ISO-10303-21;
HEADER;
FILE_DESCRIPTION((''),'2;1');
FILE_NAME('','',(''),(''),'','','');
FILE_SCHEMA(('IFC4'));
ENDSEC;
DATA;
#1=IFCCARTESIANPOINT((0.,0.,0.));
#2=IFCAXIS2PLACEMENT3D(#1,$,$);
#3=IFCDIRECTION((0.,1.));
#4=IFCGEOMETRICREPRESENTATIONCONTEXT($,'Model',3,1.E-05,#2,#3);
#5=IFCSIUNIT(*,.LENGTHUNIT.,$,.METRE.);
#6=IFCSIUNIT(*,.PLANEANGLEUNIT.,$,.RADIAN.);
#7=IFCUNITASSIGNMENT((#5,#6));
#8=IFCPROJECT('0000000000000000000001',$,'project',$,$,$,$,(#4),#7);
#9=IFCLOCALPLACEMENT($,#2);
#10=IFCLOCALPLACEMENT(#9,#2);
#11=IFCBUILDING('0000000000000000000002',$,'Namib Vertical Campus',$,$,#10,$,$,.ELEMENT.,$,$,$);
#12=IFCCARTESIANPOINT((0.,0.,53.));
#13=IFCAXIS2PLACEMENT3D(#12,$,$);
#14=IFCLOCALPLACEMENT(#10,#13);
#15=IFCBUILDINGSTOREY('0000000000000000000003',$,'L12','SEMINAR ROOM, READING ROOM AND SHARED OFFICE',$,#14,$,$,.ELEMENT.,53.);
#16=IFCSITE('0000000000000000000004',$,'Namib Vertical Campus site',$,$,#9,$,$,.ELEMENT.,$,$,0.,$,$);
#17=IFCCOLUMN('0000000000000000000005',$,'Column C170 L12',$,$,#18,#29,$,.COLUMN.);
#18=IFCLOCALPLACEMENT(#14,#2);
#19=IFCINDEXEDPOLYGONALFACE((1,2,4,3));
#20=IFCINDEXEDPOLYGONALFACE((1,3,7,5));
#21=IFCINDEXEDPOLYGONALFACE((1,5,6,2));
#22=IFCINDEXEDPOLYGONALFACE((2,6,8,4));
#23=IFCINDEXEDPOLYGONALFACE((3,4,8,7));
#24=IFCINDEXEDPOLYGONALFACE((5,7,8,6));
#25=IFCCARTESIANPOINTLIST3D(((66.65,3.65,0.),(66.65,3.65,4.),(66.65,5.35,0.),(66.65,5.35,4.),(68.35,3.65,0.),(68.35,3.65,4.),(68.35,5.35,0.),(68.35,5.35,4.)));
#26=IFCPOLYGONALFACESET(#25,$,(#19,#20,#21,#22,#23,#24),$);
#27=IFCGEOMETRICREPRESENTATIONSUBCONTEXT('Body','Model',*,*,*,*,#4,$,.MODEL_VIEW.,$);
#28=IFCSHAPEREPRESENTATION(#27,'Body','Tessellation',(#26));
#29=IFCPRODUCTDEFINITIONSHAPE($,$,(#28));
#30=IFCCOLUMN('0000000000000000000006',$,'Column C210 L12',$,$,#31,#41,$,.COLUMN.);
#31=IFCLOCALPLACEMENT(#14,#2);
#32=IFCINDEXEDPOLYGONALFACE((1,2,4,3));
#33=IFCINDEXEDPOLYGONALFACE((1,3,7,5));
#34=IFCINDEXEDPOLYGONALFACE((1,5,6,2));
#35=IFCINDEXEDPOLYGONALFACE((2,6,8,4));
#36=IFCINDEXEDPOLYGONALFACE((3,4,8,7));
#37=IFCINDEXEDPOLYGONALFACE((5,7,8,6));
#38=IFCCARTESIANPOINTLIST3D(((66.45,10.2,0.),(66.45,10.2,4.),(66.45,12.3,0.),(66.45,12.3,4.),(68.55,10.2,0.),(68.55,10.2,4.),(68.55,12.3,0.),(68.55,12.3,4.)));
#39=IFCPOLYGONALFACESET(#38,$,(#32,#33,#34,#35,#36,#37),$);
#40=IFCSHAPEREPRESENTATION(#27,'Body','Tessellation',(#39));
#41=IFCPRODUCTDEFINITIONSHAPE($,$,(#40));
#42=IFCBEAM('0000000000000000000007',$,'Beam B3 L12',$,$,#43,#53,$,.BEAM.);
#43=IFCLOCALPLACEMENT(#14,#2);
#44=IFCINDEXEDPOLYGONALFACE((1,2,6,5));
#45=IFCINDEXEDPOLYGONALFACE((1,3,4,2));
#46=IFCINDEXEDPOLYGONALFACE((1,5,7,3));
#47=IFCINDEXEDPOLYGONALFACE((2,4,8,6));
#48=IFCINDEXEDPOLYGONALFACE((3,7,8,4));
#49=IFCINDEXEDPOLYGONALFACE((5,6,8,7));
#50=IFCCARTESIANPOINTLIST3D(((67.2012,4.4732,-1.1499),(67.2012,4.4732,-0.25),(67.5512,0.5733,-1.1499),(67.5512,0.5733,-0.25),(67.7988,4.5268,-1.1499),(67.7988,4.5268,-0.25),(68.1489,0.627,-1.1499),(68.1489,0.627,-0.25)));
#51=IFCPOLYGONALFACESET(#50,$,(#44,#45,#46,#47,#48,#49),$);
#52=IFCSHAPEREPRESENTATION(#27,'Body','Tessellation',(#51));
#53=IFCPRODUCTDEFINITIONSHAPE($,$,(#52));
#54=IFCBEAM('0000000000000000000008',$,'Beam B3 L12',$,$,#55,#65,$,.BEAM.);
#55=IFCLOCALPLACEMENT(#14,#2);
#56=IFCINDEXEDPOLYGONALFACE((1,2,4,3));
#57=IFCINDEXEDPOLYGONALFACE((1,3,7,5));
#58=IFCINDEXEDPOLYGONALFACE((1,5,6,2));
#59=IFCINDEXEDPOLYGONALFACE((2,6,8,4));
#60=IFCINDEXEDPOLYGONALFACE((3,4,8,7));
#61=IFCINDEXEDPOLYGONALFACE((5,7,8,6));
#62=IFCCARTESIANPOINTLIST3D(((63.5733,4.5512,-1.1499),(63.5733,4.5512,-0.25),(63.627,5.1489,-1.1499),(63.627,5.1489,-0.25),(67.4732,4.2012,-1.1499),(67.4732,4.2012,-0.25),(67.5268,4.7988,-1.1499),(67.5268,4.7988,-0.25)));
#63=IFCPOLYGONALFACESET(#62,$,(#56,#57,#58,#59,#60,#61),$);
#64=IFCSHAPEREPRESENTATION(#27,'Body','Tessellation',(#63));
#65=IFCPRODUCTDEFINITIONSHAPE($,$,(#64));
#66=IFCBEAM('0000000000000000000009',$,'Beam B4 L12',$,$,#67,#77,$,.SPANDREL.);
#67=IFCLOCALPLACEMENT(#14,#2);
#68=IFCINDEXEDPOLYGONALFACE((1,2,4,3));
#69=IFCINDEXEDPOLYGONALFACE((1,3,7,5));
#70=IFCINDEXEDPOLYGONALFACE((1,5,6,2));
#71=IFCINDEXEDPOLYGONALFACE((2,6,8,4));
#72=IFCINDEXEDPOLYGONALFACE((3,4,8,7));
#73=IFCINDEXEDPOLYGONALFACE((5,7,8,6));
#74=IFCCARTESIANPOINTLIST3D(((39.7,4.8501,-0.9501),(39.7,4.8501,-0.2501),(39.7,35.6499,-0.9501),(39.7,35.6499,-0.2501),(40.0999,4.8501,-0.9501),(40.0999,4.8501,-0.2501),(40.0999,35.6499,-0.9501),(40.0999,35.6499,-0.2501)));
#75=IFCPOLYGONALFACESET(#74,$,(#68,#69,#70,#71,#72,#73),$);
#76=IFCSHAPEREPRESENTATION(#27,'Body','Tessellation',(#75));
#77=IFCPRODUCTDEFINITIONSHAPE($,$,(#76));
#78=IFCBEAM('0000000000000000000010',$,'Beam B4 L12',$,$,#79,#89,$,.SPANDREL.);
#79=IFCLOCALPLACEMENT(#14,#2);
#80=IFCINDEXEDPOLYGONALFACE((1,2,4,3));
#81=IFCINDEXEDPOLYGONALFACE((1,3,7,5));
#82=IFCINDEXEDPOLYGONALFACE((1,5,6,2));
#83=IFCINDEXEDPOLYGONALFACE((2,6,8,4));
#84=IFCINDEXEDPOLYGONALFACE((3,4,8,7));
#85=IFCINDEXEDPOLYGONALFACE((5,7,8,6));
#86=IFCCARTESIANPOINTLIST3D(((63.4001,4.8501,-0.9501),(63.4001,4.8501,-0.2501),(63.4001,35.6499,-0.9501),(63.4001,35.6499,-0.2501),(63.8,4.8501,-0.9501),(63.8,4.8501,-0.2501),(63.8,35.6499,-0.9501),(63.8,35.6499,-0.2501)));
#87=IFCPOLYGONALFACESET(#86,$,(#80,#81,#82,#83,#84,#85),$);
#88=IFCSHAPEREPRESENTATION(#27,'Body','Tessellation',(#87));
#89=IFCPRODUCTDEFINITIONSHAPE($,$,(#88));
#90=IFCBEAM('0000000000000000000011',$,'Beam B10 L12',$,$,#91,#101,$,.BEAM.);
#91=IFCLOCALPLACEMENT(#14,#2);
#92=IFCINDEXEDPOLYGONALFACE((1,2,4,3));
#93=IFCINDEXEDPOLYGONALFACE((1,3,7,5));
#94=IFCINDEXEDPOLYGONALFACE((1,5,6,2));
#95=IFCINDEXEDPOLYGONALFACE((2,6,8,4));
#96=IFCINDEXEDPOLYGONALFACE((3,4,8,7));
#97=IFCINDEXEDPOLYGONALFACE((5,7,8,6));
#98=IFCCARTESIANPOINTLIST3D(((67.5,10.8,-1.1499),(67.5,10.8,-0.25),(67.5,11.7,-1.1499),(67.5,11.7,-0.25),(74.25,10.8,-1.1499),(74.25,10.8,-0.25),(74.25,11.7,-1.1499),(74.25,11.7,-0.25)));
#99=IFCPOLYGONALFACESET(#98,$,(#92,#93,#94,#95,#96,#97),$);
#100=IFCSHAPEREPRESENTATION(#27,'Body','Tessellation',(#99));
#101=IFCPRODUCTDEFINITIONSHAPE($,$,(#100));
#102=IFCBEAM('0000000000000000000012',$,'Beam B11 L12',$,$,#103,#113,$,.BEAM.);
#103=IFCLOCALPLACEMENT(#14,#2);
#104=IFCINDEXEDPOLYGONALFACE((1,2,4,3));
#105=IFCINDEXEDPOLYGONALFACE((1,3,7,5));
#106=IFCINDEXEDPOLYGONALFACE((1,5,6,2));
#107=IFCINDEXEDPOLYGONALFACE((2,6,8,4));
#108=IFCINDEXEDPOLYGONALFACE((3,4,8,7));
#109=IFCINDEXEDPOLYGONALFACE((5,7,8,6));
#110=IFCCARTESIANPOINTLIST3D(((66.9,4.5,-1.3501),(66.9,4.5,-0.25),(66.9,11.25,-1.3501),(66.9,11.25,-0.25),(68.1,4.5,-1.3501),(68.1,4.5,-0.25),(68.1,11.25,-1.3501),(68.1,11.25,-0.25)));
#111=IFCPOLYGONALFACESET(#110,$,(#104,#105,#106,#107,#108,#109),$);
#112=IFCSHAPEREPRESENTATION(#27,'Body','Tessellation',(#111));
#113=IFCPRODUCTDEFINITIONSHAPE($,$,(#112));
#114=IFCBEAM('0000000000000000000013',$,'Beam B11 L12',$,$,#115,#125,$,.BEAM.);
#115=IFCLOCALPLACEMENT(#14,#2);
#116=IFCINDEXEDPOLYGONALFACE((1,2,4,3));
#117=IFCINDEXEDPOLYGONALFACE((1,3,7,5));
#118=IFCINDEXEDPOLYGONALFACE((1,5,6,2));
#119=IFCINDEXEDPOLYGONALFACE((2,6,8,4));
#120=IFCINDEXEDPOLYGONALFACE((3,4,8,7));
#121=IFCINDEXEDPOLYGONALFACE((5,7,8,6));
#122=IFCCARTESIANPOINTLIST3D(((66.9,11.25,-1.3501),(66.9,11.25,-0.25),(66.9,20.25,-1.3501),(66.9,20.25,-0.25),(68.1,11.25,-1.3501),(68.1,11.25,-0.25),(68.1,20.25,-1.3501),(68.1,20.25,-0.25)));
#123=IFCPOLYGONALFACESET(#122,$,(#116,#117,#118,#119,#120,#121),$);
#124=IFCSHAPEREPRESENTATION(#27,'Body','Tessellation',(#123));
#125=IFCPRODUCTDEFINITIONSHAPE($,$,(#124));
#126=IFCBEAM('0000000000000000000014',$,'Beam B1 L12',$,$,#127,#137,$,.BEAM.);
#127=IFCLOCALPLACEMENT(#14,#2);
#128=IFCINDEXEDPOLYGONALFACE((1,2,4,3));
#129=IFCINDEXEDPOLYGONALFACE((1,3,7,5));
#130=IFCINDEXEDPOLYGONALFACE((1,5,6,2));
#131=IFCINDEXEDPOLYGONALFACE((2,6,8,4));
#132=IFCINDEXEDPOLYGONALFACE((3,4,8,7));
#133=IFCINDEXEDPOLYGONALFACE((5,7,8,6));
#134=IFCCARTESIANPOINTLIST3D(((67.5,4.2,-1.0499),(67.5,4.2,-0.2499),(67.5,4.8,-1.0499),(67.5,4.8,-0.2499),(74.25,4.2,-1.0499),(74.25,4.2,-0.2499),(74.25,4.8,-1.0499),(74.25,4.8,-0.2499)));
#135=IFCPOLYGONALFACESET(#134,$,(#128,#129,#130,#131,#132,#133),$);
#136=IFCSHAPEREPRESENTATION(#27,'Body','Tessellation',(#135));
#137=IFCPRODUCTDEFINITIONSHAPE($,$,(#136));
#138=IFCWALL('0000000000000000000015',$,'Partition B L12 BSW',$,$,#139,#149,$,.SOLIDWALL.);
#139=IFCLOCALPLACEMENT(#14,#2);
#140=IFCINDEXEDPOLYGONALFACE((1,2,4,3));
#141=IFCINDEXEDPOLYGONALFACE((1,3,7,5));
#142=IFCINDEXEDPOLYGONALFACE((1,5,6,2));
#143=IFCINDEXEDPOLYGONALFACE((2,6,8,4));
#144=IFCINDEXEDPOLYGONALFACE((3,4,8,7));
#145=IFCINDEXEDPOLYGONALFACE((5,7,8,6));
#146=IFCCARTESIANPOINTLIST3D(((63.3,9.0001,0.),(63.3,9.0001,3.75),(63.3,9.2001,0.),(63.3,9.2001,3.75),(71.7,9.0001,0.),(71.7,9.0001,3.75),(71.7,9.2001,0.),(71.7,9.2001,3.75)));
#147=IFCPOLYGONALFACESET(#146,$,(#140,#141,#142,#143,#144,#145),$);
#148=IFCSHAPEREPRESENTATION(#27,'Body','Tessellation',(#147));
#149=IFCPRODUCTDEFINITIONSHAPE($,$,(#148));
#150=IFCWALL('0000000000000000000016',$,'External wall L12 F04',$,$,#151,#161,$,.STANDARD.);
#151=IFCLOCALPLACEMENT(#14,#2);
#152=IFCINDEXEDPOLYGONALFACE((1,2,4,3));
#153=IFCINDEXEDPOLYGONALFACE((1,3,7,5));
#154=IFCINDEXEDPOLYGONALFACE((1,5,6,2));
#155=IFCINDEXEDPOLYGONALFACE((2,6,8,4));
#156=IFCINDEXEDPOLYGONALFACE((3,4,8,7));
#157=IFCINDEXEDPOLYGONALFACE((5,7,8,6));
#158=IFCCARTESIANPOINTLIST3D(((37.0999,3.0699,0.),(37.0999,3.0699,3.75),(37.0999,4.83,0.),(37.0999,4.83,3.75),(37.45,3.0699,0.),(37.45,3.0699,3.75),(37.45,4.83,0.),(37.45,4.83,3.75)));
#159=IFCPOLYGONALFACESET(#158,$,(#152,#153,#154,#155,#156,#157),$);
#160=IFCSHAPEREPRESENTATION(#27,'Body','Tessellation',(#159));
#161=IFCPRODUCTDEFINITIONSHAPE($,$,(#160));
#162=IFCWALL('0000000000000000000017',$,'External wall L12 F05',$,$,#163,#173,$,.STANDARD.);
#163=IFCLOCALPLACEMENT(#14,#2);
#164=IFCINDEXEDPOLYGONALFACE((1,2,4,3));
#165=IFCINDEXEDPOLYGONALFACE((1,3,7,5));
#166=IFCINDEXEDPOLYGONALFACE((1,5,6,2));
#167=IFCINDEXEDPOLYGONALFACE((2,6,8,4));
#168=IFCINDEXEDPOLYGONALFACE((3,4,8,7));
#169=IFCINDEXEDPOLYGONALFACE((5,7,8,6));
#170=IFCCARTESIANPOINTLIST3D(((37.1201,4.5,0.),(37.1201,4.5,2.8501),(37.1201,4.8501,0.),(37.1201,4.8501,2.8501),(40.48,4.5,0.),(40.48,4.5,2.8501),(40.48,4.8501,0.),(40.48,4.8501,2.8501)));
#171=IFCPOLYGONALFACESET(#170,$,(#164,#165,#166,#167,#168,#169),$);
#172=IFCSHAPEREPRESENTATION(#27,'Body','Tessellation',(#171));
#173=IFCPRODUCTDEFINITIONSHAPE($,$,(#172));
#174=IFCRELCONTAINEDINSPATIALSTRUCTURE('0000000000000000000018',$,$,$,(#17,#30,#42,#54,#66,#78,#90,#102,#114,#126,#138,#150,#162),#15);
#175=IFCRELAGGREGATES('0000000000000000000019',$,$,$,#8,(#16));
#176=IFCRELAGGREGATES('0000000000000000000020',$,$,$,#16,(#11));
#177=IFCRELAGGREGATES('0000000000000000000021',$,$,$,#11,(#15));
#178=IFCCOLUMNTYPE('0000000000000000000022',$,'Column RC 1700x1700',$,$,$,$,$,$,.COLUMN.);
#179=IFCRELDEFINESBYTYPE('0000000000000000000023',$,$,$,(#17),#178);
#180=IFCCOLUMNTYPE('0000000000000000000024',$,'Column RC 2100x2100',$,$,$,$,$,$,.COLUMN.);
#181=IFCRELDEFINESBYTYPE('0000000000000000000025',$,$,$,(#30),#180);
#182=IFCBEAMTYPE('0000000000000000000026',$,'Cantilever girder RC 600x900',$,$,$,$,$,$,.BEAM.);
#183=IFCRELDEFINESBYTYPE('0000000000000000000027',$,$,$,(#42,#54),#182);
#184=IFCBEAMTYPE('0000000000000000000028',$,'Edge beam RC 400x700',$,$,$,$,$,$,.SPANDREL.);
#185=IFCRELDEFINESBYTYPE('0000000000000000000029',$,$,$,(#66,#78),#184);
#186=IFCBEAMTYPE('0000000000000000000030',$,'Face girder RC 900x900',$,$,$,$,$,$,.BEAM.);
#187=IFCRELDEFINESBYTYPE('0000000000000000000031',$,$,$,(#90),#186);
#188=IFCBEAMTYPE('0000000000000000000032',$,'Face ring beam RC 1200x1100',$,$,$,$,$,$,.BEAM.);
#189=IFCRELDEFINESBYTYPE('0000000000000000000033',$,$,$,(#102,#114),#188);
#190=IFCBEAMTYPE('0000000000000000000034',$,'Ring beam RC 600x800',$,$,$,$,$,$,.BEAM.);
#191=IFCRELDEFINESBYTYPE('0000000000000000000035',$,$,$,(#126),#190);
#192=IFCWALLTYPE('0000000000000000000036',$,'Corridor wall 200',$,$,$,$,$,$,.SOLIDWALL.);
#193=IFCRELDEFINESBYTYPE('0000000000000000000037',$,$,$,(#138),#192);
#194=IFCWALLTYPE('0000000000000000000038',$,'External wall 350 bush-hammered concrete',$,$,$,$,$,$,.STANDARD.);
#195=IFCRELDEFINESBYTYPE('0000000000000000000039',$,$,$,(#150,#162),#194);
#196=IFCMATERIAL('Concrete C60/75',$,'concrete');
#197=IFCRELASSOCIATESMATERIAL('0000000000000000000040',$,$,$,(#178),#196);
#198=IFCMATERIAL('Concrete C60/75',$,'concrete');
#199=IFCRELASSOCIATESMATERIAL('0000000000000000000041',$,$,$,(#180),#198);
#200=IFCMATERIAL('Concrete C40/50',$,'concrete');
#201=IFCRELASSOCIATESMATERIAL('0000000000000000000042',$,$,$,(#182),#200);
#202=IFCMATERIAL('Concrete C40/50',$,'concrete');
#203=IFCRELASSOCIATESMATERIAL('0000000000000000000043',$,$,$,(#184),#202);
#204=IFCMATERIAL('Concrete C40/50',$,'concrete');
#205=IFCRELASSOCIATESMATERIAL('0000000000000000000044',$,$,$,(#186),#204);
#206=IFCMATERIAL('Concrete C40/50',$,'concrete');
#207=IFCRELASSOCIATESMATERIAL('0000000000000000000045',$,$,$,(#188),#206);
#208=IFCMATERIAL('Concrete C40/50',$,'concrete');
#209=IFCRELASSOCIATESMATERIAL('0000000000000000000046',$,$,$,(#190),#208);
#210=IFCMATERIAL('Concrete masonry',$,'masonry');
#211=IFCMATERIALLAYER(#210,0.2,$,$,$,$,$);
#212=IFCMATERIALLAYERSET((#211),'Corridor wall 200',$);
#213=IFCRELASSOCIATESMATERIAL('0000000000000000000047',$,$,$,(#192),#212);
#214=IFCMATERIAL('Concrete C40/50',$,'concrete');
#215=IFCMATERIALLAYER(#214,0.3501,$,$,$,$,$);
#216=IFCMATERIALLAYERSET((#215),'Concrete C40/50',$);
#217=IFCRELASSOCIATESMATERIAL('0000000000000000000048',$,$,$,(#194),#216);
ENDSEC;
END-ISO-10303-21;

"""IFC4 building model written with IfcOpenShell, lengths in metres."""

from ifc_helpers import new_model, si_unit, direction, frame, frame_2d, origin, origin_2d, place, context, subcontext, project, spatial, rectangle, extrude, material, layer, layer_set, material_profile, profile_set, type_object, element, save


model = new_model("IFC4")

# Units and contexts
model_context = context("Model", 3, precision=1e-05, world=origin(), true_north=direction((0.0, 1.0)))
body_context = subcontext(model_context, "Body", "Model", "MODEL_VIEW")
ifc_project = project(units=[si_unit("LENGTHUNIT", "METRE"), si_unit("PLANEANGLEUNIT", "RADIAN")], contexts=[model_context])

# Site, building, storey
site_placement = place(None, origin())
site = spatial("IfcSite", under=ifc_project, at=site_placement, Name="Namib Vertical Campus site", CompositionType="ELEMENT", RefElevation=0.0)
building_placement = place(site_placement, origin())
building = spatial("IfcBuilding", under=site, at=building_placement, Name="Namib Vertical Campus", CompositionType="ELEMENT")
storey_placement = place(building_placement, frame((0.0, 0.0, 53.0)))
storey = spatial("IfcBuildingStorey", under=building, at=storey_placement, Name="L12", Description="SEMINAR ROOM, READING ROOM AND SHARED OFFICE", CompositionType="ELEMENT", Elevation=53.0)

# Columns
ifc_material_1 = material(Name="Concrete C60/75", Category="concrete")
ifc_material_profile_1 = material_profile(ifc_material_1, rectangle(XDim=1.7, YDim=1.7, at=origin_2d()))
ifc_profile_set_1 = profile_set([ifc_material_profile_1], Name="Concrete C60/75")
column_type_1 = type_object("IfcColumnType", Name="Column RC 1700x1700", PredefinedType="COLUMN", material=ifc_profile_set_1)
column_1_placement = place(storey_placement, frame((67.5, 4.5, 0.0), z_axis=(0.0, 0.0, 1.0), x_axis=(1.0, 0.0, 0.0)))
element("IfcColumn", 1, at=column_1_placement, inside=storey, type_object=column_type_1, Name="Column C170 L12", PredefinedType="COLUMN", context=body_context, shape_type="SweptSolid", body=[
    extrude(rectangle(XDim=1.7, YDim=1.7, at=origin_2d()), origin(), (0.0, 0.0, 1.0), 4.0),
])
ifc_material_2 = material(Name="Concrete C60/75", Category="concrete")
ifc_material_profile_2 = material_profile(ifc_material_2, rectangle(XDim=2.1001, YDim=2.1001, at=origin_2d()))
ifc_profile_set_2 = profile_set([ifc_material_profile_2], Name="Concrete C60/75")
column_type_2 = type_object("IfcColumnType", Name="Column RC 2100x2100", PredefinedType="COLUMN", material=ifc_profile_set_2)
column_2_placement = place(storey_placement, frame((67.5, 11.25, 0.0), z_axis=(0.0, 0.0, 1.0), x_axis=(1.0, 0.0, 0.0)))
element("IfcColumn", 2, at=column_2_placement, inside=storey, type_object=column_type_2, Name="Column C210 L12", PredefinedType="COLUMN", context=body_context, shape_type="SweptSolid", body=[
    extrude(rectangle(XDim=2.1001, YDim=2.1001, at=origin_2d()), origin(), (0.0, 0.0, 1.0), 4.0),
])

# Beams
ifc_material_3 = material(Name="Concrete C40/50", Category="concrete")
ifc_material_profile_3 = material_profile(ifc_material_3, rectangle(XDim=0.6001, YDim=0.8999, at=origin_2d()))
ifc_profile_set_3 = profile_set([ifc_material_profile_3], Name="Concrete C40/50")
beam_type_1 = type_object("IfcBeamType", Name="Cantilever girder RC 600x900", PredefinedType="BEAM", material=ifc_profile_set_3)
for number, where, z_axis, x_axis, name in (
    (3, (67.5, 4.5, -0.7), (0.089411, -0.995995, 0.0), (0.995995, 0.089411, 0.0), "Beam B3 L12"),
    (4, (67.5, 4.5, -0.7), (-0.995995, 0.089411, 0.0), (-0.089411, -0.995995, 0.0), "Beam B3 L12"),
):
    element("IfcBeam", number, at=place(storey_placement, frame(where, z_axis=z_axis, x_axis=x_axis)), inside=storey, type_object=beam_type_1, Name=name, PredefinedType="BEAM", context=body_context, shape_type="SweptSolid", body=[
        extrude(rectangle(XDim=0.6001, YDim=0.8999, at=origin_2d()), origin(), (0.0, 0.0, 1.0), 3.9155),
    ])
ifc_material_4 = material(Name="Concrete C40/50", Category="concrete")
ifc_material_profile_4 = material_profile(ifc_material_4, rectangle(XDim=0.3999, YDim=0.7, at=origin_2d()))
ifc_profile_set_4 = profile_set([ifc_material_profile_4], Name="Concrete C40/50")
beam_type_2 = type_object("IfcBeamType", Name="Edge beam RC 400x700", PredefinedType="SPANDREL", material=ifc_profile_set_4)
for number, where, z_axis, x_axis, name in (
    (5, (39.8999, 4.8501, -0.6001), (0.0, 1.0, 0.0), (-1.0, 0.0, 0.0), "Beam B4 L12"),
    (6, (63.6001, 4.8501, -0.6001), (0.0, 1.0, 0.0), (-1.0, 0.0, 0.0), "Beam B4 L12"),
):
    element("IfcBeam", number, at=place(storey_placement, frame(where, z_axis=z_axis, x_axis=x_axis)), inside=storey, type_object=beam_type_2, Name=name, PredefinedType="SPANDREL", context=body_context, shape_type="SweptSolid", body=[
        extrude(rectangle(XDim=0.3999, YDim=0.7, at=origin_2d()), origin(), (0.0, 0.0, 1.0), 30.7998),
    ])
ifc_material_5 = material(Name="Concrete C40/50", Category="concrete")
ifc_material_profile_5 = material_profile(ifc_material_5, rectangle(XDim=0.8999, YDim=0.8999, at=origin_2d()))
ifc_profile_set_5 = profile_set([ifc_material_profile_5], Name="Concrete C40/50")
beam_type_3 = type_object("IfcBeamType", Name="Face girder RC 900x900", PredefinedType="BEAM", material=ifc_profile_set_5)
beam_1_placement = place(storey_placement, frame((67.5, 11.25, -0.7), z_axis=(1.0, 0.0, 0.0), x_axis=(0.0, 1.0, 0.0)))
element("IfcBeam", 7, at=beam_1_placement, inside=storey, type_object=beam_type_3, Name="Beam B10 L12", PredefinedType="BEAM", context=body_context, shape_type="SweptSolid", body=[
    extrude(rectangle(XDim=0.8999, YDim=0.8999, at=origin_2d()), origin(), (0.0, 0.0, 1.0), 6.75),
])
ifc_material_6 = material(Name="Concrete C40/50", Category="concrete")
ifc_material_profile_6 = material_profile(ifc_material_6, rectangle(XDim=1.2, YDim=1.1001, at=origin_2d()))
ifc_profile_set_6 = profile_set([ifc_material_profile_6], Name="Concrete C40/50")
beam_type_4 = type_object("IfcBeamType", Name="Face ring beam RC 1200x1100", PredefinedType="BEAM", material=ifc_profile_set_6)
beam_2_placement = place(storey_placement, frame((67.5, 4.5, -0.8), z_axis=(0.0, 1.0, 0.0), x_axis=(-1.0, 0.0, 0.0)))
element("IfcBeam", 8, at=beam_2_placement, inside=storey, type_object=beam_type_4, Name="Beam B11 L12", PredefinedType="BEAM", context=body_context, shape_type="SweptSolid", body=[
    extrude(rectangle(XDim=1.2, YDim=1.1001, at=origin_2d()), origin(), (0.0, 0.0, 1.0), 6.75),
])
beam_3_placement = place(storey_placement, frame((67.5, 11.25, -0.8), z_axis=(0.0, 1.0, 0.0), x_axis=(-1.0, 0.0, 0.0)))
element("IfcBeam", 9, at=beam_3_placement, inside=storey, type_object=beam_type_4, Name="Beam B11 L12", PredefinedType="BEAM", context=body_context, shape_type="SweptSolid", body=[
    extrude(rectangle(XDim=1.2, YDim=1.1001, at=origin_2d()), origin(), (0.0, 0.0, 1.0), 9.0),
])
ifc_material_7 = material(Name="Concrete C40/50", Category="concrete")
ifc_material_profile_7 = material_profile(ifc_material_7, rectangle(XDim=0.6001, YDim=0.8, at=origin_2d()))
ifc_profile_set_7 = profile_set([ifc_material_profile_7], Name="Concrete C40/50")
beam_type_5 = type_object("IfcBeamType", Name="Ring beam RC 600x800", PredefinedType="BEAM", material=ifc_profile_set_7)
beam_4_placement = place(storey_placement, frame((67.5, 4.5, -0.6499), z_axis=(1.0, 0.0, 0.0), x_axis=(0.0, 1.0, 0.0)))
element("IfcBeam", 10, at=beam_4_placement, inside=storey, type_object=beam_type_5, Name="Beam B1 L12", PredefinedType="BEAM", context=body_context, shape_type="SweptSolid", body=[
    extrude(rectangle(XDim=0.6001, YDim=0.8, at=origin_2d()), origin(), (0.0, 0.0, 1.0), 6.75),
])

# Walls
ifc_material_8 = material(Name="Concrete masonry", Category="masonry")
ifc_layer_1 = layer(ifc_material_8, 0.2)
ifc_layer_set_1 = layer_set([ifc_layer_1], Name="Corridor wall 200")
wall_type_1 = type_object("IfcWallType", Name="Corridor wall 200", PredefinedType="SOLIDWALL", material=ifc_layer_set_1)
wall_1_placement = place(storey_placement, frame((63.3, 9.1001, 0.0), z_axis=(0.0, 0.0, 1.0), x_axis=(1.0, 0.0, 0.0)))
element("IfcWall", 11, at=wall_1_placement, inside=storey, type_object=wall_type_1, Name="Partition B L12 BSW", PredefinedType="SOLIDWALL", context=body_context, shape_type="SweptSolid", body=[
    extrude(rectangle(XDim=8.3999, YDim=0.2, at=frame_2d((4.2, 0.0))), origin(), (0.0, 0.0, 1.0), 3.75),
])
ifc_material_9 = material(Name="Concrete C40/50", Category="concrete")
ifc_layer_2 = layer(ifc_material_9, 0.3501)
ifc_layer_set_2 = layer_set([ifc_layer_2], Name="Concrete C40/50")
wall_type_2 = type_object("IfcWallType", Name="External wall 350 bush-hammered concrete", PredefinedType="STANDARD", material=ifc_layer_set_2)
wall_2_placement = place(storey_placement, frame((37.2749, 3.0701, 0.0), z_axis=(0.0, 0.0, 1.0), x_axis=(0.0, 1.0, 0.0)))
element("IfcWall", 12, at=wall_2_placement, inside=storey, type_object=wall_type_2, Name="External wall L12 F04", PredefinedType="STANDARD", context=body_context, shape_type="SweptSolid", body=[
    extrude(rectangle(XDim=1.76, YDim=0.3501, at=frame_2d((0.8799, 0.0))), origin(), (0.0, 0.0, 1.0), 3.75),
])
wall_3_placement = place(storey_placement, frame((37.1201, 4.675, 0.0), z_axis=(0.0, 0.0, 1.0), x_axis=(1.0, 0.0, 0.0)))
element("IfcWall", 13, at=wall_3_placement, inside=storey, type_object=wall_type_2, Name="External wall L12 F05", PredefinedType="STANDARD", context=body_context, shape_type="SweptSolid", body=[
    extrude(rectangle(XDim=3.3599, YDim=0.3501, at=frame_2d((1.6799, 0.0))), origin(), (0.0, 0.0, 1.0), 2.8501),
])

save(model, "model.ifc")
